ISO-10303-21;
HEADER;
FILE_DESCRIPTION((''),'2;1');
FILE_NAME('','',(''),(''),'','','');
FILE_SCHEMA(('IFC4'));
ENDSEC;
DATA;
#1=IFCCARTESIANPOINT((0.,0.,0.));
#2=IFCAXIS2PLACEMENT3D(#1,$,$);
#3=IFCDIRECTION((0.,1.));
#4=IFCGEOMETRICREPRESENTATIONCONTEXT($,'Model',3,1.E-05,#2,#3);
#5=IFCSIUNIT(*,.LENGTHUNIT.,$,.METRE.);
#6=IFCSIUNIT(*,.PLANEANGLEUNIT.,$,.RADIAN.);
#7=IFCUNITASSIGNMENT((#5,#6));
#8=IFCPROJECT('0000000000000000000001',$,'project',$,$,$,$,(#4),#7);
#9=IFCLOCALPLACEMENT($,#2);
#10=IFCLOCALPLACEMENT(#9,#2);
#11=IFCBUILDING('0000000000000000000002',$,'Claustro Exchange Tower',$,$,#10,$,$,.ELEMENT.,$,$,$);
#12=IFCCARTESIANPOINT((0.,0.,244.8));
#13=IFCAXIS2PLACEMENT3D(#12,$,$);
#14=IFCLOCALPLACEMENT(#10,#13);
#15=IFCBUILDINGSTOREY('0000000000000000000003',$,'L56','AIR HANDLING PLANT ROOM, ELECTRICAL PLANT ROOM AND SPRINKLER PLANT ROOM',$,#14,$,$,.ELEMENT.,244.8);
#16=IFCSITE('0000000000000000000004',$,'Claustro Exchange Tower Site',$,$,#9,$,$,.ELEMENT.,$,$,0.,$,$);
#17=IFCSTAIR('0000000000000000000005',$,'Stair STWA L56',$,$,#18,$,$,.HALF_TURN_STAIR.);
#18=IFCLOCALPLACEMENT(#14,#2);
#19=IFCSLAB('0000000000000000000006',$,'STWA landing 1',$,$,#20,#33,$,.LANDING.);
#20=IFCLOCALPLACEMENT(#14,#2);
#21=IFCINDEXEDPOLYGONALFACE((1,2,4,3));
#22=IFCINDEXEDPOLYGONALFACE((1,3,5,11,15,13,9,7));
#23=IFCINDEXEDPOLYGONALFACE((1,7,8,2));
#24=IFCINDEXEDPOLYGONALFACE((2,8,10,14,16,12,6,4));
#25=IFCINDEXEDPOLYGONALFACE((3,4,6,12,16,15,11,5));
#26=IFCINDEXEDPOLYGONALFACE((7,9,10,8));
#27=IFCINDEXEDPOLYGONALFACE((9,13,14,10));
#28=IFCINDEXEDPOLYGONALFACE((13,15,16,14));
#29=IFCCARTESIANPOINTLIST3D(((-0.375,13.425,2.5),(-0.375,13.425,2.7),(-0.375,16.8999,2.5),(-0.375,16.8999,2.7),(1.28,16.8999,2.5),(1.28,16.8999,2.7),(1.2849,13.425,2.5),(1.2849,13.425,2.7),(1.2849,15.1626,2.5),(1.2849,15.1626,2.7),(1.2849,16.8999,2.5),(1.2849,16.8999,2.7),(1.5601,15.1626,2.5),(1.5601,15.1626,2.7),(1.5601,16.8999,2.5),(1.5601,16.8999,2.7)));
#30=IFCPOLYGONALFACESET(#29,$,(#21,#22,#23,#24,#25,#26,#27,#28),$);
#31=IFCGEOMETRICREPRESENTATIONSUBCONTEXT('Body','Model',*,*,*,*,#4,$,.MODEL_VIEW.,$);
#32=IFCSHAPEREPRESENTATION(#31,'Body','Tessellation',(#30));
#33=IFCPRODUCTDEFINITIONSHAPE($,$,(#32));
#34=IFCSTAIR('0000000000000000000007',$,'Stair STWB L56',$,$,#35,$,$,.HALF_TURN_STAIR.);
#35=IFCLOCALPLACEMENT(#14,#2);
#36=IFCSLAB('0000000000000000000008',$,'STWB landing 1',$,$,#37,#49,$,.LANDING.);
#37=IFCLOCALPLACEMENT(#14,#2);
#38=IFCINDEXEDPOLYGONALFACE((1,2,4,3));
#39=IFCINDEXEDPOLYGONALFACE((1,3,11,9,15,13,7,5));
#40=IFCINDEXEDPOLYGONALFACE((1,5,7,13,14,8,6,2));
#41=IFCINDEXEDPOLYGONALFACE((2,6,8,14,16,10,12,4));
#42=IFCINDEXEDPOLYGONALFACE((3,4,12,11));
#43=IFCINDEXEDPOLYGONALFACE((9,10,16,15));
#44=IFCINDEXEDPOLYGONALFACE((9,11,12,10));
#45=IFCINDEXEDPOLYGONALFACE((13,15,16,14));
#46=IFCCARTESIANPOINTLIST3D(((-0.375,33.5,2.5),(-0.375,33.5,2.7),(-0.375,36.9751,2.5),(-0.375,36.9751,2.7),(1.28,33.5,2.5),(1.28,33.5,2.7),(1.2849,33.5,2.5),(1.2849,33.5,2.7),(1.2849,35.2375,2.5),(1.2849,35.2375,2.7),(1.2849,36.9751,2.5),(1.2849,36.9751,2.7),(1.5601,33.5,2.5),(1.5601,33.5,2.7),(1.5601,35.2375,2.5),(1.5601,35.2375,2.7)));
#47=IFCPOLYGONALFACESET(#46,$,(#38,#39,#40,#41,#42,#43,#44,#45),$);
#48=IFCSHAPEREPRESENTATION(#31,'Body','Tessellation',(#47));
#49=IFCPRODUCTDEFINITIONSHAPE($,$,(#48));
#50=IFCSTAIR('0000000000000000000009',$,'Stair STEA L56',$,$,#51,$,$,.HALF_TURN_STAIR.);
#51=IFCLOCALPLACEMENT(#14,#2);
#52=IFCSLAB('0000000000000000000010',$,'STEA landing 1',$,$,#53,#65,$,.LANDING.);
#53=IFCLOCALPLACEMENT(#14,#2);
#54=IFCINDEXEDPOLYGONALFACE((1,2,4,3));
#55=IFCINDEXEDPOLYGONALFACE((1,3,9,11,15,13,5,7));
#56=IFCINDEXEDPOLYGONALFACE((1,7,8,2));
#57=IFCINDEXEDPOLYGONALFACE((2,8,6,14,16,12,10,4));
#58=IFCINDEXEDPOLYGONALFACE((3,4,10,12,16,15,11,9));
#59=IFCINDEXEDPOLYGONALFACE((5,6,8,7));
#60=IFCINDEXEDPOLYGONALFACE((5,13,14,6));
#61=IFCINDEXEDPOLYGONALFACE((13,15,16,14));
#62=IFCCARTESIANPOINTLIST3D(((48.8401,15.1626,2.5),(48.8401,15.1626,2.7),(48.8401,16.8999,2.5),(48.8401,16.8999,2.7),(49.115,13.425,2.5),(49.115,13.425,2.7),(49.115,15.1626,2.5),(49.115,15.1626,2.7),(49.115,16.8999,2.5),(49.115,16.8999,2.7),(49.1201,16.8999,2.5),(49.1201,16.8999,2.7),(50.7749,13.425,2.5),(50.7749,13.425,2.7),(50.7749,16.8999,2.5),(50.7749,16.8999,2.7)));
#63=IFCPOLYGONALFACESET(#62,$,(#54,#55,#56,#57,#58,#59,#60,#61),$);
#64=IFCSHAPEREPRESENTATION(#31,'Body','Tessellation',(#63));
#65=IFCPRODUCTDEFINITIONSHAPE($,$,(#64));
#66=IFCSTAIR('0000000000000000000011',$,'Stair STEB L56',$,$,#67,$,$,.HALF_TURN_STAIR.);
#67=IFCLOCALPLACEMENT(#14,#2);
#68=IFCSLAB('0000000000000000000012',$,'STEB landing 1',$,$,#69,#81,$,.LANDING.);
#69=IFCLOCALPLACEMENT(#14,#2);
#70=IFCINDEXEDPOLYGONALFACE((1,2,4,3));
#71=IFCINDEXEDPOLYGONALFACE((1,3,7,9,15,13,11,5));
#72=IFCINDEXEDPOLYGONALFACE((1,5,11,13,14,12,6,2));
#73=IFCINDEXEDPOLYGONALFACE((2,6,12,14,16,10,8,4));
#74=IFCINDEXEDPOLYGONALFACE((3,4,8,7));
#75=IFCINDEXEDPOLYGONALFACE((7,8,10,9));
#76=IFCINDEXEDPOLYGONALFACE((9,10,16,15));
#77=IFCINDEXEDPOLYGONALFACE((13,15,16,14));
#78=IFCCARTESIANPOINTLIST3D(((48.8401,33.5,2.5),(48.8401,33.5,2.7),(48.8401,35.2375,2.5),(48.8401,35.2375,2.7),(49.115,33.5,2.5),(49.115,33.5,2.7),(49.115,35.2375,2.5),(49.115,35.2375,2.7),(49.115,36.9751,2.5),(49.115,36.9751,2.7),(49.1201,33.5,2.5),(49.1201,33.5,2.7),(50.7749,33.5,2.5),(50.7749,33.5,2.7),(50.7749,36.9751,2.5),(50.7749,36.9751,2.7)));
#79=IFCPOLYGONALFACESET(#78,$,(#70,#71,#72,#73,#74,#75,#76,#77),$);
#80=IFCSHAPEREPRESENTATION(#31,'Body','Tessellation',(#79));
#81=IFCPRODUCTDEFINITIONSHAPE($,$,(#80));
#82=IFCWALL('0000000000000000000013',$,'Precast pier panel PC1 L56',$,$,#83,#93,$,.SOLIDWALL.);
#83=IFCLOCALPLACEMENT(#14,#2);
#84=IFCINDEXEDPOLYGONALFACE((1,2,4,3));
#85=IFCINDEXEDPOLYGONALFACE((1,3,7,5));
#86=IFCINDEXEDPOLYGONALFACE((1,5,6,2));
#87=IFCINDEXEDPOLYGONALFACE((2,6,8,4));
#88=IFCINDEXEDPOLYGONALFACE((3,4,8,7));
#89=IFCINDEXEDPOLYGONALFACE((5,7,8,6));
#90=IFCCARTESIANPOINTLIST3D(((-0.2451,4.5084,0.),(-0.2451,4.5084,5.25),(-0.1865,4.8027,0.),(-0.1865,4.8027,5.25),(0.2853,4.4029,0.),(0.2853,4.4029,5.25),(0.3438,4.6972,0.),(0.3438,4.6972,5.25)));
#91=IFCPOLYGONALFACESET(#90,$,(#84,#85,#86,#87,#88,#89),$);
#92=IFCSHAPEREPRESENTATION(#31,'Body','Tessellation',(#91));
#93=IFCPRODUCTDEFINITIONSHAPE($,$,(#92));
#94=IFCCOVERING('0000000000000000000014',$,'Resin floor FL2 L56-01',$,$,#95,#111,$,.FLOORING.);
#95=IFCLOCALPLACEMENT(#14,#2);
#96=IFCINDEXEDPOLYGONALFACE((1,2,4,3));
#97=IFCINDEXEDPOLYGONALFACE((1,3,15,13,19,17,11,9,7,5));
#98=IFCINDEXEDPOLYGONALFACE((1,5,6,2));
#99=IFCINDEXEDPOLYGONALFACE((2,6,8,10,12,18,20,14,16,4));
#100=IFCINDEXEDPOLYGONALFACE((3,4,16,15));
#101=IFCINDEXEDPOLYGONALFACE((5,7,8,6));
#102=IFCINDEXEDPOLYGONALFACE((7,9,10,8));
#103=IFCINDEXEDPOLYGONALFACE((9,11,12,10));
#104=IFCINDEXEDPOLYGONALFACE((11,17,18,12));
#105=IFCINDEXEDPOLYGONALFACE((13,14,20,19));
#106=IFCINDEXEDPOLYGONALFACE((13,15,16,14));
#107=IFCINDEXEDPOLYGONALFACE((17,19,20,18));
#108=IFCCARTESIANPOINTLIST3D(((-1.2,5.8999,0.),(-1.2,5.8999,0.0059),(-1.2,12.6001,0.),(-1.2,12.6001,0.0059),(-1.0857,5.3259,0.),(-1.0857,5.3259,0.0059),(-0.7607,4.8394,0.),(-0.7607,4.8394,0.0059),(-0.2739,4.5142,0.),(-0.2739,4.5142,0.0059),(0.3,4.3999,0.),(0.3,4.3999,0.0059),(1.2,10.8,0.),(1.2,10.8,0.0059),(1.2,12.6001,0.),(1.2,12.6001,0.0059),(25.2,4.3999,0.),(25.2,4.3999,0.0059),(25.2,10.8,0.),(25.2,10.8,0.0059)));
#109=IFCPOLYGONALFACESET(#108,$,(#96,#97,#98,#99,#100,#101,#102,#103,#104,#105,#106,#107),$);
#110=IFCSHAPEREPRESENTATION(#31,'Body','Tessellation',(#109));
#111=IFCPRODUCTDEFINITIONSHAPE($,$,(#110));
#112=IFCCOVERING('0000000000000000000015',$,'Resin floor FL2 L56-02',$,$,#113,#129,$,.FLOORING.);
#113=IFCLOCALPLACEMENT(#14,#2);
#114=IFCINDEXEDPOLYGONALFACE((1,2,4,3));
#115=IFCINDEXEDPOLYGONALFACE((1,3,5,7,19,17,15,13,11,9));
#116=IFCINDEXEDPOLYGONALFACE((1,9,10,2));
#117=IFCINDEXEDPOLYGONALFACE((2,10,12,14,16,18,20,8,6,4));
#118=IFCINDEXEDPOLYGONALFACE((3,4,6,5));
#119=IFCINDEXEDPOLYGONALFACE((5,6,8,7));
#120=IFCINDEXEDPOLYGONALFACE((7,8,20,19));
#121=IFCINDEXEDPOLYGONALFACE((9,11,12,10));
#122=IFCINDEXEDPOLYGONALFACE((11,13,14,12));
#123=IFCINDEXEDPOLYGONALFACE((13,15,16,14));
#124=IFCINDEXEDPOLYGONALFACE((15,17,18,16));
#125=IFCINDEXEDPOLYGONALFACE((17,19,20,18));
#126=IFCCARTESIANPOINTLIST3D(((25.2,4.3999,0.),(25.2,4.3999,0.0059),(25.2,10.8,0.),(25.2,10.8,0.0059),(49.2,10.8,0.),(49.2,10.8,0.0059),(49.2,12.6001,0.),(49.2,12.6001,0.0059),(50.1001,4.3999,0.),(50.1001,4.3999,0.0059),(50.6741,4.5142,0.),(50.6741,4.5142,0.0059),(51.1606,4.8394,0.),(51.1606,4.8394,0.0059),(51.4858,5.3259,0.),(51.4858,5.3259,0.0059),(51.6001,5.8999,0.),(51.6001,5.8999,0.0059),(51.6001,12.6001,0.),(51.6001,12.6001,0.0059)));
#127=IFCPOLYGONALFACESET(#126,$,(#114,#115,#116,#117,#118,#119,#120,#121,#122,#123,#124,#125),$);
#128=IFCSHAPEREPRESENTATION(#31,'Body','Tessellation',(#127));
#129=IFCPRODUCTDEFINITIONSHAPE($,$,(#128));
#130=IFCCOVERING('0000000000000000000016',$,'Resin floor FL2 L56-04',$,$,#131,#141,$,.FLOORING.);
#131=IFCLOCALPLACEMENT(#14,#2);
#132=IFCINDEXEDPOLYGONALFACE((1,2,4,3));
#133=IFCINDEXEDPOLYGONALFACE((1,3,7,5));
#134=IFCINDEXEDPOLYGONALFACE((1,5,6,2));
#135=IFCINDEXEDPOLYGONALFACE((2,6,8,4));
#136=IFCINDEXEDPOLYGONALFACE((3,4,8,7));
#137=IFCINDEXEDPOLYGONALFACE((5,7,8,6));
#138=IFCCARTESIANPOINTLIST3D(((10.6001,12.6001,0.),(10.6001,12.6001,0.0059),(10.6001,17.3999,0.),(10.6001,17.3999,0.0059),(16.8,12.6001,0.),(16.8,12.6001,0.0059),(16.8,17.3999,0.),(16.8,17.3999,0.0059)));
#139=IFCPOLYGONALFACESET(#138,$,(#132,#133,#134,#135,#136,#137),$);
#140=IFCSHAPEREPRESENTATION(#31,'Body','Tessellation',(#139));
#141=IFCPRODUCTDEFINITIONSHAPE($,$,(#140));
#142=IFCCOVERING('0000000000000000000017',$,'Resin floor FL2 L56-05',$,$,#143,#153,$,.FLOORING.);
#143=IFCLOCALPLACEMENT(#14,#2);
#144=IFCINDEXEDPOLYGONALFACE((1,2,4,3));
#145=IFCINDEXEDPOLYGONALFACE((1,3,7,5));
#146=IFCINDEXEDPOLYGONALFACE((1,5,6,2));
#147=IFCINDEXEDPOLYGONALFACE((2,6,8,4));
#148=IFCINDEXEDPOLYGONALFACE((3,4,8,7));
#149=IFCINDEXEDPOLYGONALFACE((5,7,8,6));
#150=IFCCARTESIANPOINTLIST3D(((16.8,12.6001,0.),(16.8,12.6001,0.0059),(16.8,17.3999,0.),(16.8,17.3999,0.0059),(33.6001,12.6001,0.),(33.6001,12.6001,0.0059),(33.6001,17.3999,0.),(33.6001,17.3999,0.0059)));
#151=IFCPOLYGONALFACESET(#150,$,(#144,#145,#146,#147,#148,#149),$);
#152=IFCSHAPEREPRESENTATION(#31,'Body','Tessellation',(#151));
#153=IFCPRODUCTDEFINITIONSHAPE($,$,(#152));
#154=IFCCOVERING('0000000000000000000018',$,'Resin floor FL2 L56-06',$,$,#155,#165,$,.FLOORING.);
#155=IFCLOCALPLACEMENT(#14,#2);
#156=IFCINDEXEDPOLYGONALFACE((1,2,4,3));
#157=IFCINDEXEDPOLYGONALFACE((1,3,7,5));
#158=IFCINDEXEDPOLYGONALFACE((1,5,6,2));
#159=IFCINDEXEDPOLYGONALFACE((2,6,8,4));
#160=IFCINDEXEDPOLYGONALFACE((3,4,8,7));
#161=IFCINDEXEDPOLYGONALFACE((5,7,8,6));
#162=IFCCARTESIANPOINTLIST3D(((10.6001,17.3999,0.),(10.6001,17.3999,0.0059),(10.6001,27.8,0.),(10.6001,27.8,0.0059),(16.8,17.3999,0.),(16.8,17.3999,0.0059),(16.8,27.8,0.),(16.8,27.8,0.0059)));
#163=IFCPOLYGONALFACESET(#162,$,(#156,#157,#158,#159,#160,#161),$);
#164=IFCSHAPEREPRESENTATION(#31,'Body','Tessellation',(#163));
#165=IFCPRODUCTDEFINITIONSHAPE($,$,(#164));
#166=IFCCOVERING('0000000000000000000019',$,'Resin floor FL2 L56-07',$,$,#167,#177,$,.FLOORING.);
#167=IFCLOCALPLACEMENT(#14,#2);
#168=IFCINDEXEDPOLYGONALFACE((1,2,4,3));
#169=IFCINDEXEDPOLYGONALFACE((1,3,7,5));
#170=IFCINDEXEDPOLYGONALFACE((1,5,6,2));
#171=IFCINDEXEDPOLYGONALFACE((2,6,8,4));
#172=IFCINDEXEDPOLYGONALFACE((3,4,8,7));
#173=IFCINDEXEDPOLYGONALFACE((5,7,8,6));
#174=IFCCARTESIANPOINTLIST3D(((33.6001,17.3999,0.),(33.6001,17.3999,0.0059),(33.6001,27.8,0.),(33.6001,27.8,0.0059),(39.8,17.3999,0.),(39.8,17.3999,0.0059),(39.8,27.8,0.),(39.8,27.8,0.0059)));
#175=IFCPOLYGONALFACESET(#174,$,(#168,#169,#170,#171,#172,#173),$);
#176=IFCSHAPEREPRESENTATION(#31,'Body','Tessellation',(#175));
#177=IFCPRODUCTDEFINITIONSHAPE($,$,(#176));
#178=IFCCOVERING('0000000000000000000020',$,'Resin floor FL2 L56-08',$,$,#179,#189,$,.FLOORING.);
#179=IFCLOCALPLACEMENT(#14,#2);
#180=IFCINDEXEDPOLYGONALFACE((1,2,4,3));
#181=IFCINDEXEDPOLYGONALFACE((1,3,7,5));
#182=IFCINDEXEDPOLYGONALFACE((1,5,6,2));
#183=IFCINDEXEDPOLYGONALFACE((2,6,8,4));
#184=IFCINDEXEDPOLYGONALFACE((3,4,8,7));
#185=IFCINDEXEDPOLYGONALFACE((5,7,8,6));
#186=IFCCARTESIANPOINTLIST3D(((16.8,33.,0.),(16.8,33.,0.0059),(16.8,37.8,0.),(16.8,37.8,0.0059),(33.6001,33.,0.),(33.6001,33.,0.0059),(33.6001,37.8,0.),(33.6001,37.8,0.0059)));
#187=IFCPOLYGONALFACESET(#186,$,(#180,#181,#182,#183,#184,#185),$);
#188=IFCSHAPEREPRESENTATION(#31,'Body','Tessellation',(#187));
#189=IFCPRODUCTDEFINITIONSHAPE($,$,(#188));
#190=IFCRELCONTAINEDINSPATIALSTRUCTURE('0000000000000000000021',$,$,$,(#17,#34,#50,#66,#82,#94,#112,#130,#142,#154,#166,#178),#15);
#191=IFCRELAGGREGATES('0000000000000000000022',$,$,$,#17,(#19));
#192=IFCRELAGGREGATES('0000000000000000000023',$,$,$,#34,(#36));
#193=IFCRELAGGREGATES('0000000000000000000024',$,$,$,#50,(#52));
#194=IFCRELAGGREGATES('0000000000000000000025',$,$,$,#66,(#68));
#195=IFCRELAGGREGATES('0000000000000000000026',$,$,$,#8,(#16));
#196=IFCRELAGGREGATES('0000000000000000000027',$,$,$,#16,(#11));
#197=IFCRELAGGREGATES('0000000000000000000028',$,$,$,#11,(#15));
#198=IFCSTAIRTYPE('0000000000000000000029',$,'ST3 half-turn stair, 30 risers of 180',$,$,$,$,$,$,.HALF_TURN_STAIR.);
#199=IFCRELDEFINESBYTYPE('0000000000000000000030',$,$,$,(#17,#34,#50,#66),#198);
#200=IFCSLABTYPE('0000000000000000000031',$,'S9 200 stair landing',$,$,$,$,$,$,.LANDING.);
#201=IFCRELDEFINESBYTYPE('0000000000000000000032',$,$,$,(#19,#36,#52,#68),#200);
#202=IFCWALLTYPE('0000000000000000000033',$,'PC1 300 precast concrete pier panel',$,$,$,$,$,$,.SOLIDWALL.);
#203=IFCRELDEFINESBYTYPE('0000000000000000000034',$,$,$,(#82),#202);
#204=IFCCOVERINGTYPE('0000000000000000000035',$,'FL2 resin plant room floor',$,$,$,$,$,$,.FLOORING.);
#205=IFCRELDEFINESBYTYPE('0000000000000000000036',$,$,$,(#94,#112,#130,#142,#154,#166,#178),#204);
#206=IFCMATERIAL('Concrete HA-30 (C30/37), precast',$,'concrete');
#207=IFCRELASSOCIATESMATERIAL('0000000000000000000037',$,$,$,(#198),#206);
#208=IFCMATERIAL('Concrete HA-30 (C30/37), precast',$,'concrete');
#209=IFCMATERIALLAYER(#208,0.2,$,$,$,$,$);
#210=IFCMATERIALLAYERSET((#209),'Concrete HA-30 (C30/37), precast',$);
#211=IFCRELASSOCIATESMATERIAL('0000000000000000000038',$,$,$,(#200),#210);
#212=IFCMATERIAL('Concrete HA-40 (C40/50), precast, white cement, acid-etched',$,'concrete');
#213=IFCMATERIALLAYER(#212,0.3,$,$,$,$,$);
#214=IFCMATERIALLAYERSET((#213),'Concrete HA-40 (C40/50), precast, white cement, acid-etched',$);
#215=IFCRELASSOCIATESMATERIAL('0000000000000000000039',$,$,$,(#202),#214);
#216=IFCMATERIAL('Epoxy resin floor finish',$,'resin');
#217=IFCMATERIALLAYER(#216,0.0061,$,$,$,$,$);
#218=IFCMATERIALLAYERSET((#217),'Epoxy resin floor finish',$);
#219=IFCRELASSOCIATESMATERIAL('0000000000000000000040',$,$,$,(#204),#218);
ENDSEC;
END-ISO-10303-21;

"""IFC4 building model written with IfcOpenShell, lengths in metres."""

from ifc_helpers import new_model, si_unit, direction, frame, frame_2d, origin, place, context, subcontext, project, spatial, polyline, rectangle, outline, extrude, material, layer, layer_set, type_object, element, aggregate, save


model = new_model("IFC4")

# Units and contexts
model_context = context("Model", 3, precision=1e-05, world=origin(), true_north=direction((0.0, 1.0)))
body_context = subcontext(model_context, "Body", "Model", "MODEL_VIEW")
ifc_project = project(units=[si_unit("LENGTHUNIT", "METRE"), si_unit("PLANEANGLEUNIT", "RADIAN")], contexts=[model_context])

# Site, building, storey
site_placement = place(None, origin())
site = spatial("IfcSite", under=ifc_project, at=site_placement, Name="Claustro Exchange Tower Site", CompositionType="ELEMENT", RefElevation=0.0)
building_placement = place(site_placement, origin())
building = spatial("IfcBuilding", under=site, at=building_placement, Name="Claustro Exchange Tower", CompositionType="ELEMENT")
storey_placement = place(building_placement, frame((0.0, 0.0, 244.8)))
storey = spatial("IfcBuildingStorey", under=building, at=storey_placement, Name="L56", Description="AIR HANDLING PLANT ROOM, ELECTRICAL PLANT ROOM AND SPRINKLER PLANT ROOM", CompositionType="ELEMENT", Elevation=244.8)

# Stairs, slabs
ifc_material_1 = material(Name="Concrete HA-30 (C30/37), precast", Category="concrete")
stair_type = type_object("IfcStairType", Name="ST3 half-turn stair, 30 risers of 180", PredefinedType="HALF_TURN_STAIR", material=ifc_material_1)
stair_1_placement = place(storey_placement, origin())
stair_1 = element("IfcStair", 1, at=stair_1_placement, inside=storey, type_object=stair_type, Name="Stair STWA L56", PredefinedType="HALF_TURN_STAIR")
ifc_material_2 = material(Name="Concrete HA-30 (C30/37), precast", Category="concrete")
ifc_layer_1 = layer(ifc_material_2, 0.2)
ifc_layer_set_1 = layer_set([ifc_layer_1], Name="Concrete HA-30 (C30/37), precast")
slab_type_1 = type_object("IfcSlabType", Name="S9 200 stair landing", PredefinedType="LANDING", material=ifc_layer_set_1)
slab_1_placement = place(storey_placement, frame((0.0, 0.0, 2.5)))
slab_1 = element("IfcSlab", 2, at=slab_1_placement, type_object=slab_type_1, Name="STWA landing 1", PredefinedType="LANDING", context=body_context, shape_type="SweptSolid", body=[
    extrude(outline(polyline([(1.2849, 13.425), (-0.375, 13.425), (-0.375, 16.8999), (1.28, 16.8999), (1.2849, 16.8999), (1.5601, 16.8999), (1.5601, 15.1626), (1.2849, 15.1626), (1.2849, 13.425)])), origin(), (0.0, 0.0, 1.0), 0.2),
])
aggregate(stair_1, [slab_1])
stair_2_placement = place(storey_placement, origin())
stair_2 = element("IfcStair", 3, at=stair_2_placement, inside=storey, type_object=stair_type, Name="Stair STWB L56", PredefinedType="HALF_TURN_STAIR")
slab_2_placement = place(storey_placement, frame((0.0, 0.0, 2.5)))
slab_2 = element("IfcSlab", 4, at=slab_2_placement, type_object=slab_type_1, Name="STWB landing 1", PredefinedType="LANDING", context=body_context, shape_type="SweptSolid", body=[
    extrude(outline(polyline([(1.5601, 35.2375), (1.5601, 33.5), (1.2849, 33.5), (1.28, 33.5), (-0.375, 33.5), (-0.375, 36.9751), (1.2849, 36.9751), (1.2849, 35.2375), (1.5601, 35.2375)])), origin(), (0.0, 0.0, 1.0), 0.2),
])
aggregate(stair_2, [slab_2])
stair_3_placement = place(storey_placement, origin())
stair_3 = element("IfcStair", 5, at=stair_3_placement, inside=storey, type_object=stair_type, Name="Stair STEA L56", PredefinedType="HALF_TURN_STAIR")
slab_3_placement = place(storey_placement, frame((0.0, 0.0, 2.5)))
slab_3 = element("IfcSlab", 6, at=slab_3_placement, type_object=slab_type_1, Name="STEA landing 1", PredefinedType="LANDING", context=body_context, shape_type="SweptSolid", body=[
    extrude(outline(polyline([(50.7749, 16.8999), (50.7749, 13.425), (49.115, 13.425), (49.115, 15.1626), (48.8401, 15.1626), (48.8401, 16.8999), (49.115, 16.8999), (49.1201, 16.8999), (50.7749, 16.8999)])), origin(), (0.0, 0.0, 1.0), 0.2),
])
aggregate(stair_3, [slab_3])
stair_4_placement = place(storey_placement, origin())
stair_4 = element("IfcStair", 7, at=stair_4_placement, inside=storey, type_object=stair_type, Name="Stair STEB L56", PredefinedType="HALF_TURN_STAIR")
slab_4_placement = place(storey_placement, frame((0.0, 0.0, 2.5)))
slab_4 = element("IfcSlab", 8, at=slab_4_placement, type_object=slab_type_1, Name="STEB landing 1", PredefinedType="LANDING", context=body_context, shape_type="SweptSolid", body=[
    extrude(outline(polyline([(48.8401, 33.5), (48.8401, 35.2375), (49.115, 35.2375), (49.115, 36.9751), (50.7749, 36.9751), (50.7749, 33.5), (49.1201, 33.5), (49.115, 33.5), (48.8401, 33.5)])), origin(), (0.0, 0.0, 1.0), 0.2),
])
aggregate(stair_4, [slab_4])

# Wall
ifc_material_3 = material(Name="Concrete HA-40 (C40/50), precast, white cement, acid-etched", Category="concrete")
ifc_layer_2 = layer(ifc_material_3, 0.3)
ifc_layer_set_2 = layer_set([ifc_layer_2], Name="Concrete HA-40 (C40/50), precast, white cement, acid-etched")
wall_type = type_object("IfcWallType", Name="PC1 300 precast concrete pier panel", PredefinedType="SOLIDWALL", material=ifc_layer_set_2)
wall_placement = place(storey_placement, frame((0.3147, 4.55, 0.0), z_axis=(0.0, 0.0, 1.0), x_axis=(-0.980789, 0.195074, 0.0)))
element("IfcWall", 9, at=wall_placement, inside=storey, type_object=wall_type, Name="Precast pier panel PC1 L56", PredefinedType="SOLIDWALL", context=body_context, shape_type="SweptSolid", body=[
    extrude(rectangle(XDim=0.5408, YDim=0.3, at=frame_2d((0.2705, 0.0))), origin(), (0.0, 0.0, 1.0), 5.25),
])

# Coverings
ifc_material_4 = material(Name="Epoxy resin floor finish", Category="resin")
ifc_layer_3 = layer(ifc_material_4, 0.0061)
ifc_layer_set_3 = layer_set([ifc_layer_3], Name="Epoxy resin floor finish")
covering_type = type_object("IfcCoveringType", Name="FL2 resin plant room floor", PredefinedType="FLOORING", material=ifc_layer_set_3)
covering_1_placement = place(storey_placement, origin())
element("IfcCovering", 10, at=covering_1_placement, inside=storey, type_object=covering_type, Name="Resin floor FL2 L56-01", PredefinedType="FLOORING", context=body_context, shape_type="SweptSolid", body=[
    extrude(outline(polyline([(-1.0857, 5.3259), (-0.7607, 4.8394), (-0.2739, 4.5142), (0.3, 4.3999), (25.2, 4.3999), (25.2, 10.8), (1.2, 10.8), (1.2, 12.6001), (-1.2, 12.6001), (-1.2, 5.8999), (-1.0857, 5.3259)])), origin(), (0.0, 0.0, 1.0), 0.0059),
])
covering_2_placement = place(storey_placement, origin())
element("IfcCovering", 11, at=covering_2_placement, inside=storey, type_object=covering_type, Name="Resin floor FL2 L56-02", PredefinedType="FLOORING", context=body_context, shape_type="SweptSolid", body=[
    extrude(outline(polyline([(51.6001, 12.6001), (49.2, 12.6001), (49.2, 10.8), (25.2, 10.8), (25.2, 4.3999), (50.1001, 4.3999), (50.6741, 4.5142), (51.1606, 4.8394), (51.4858, 5.3259), (51.6001, 5.8999), (51.6001, 12.6001)])), origin(), (0.0, 0.0, 1.0), 0.0059),
])
covering_3_placement = place(storey_placement, origin())
element("IfcCovering", 12, at=covering_3_placement, inside=storey, type_object=covering_type, Name="Resin floor FL2 L56-04", PredefinedType="FLOORING", context=body_context, shape_type="SweptSolid", body=[
    extrude(outline(polyline([(16.8, 17.3999), (10.6001, 17.3999), (10.6001, 12.6001), (16.8, 12.6001), (16.8, 17.3999)])), origin(), (0.0, 0.0, 1.0), 0.0059),
])
covering_4_placement = place(storey_placement, origin())
element("IfcCovering", 13, at=covering_4_placement, inside=storey, type_object=covering_type, Name="Resin floor FL2 L56-05", PredefinedType="FLOORING", context=body_context, shape_type="SweptSolid", body=[
    extrude(outline(polyline([(33.6001, 17.3999), (16.8, 17.3999), (16.8, 12.6001), (33.6001, 12.6001), (33.6001, 17.3999)])), origin(), (0.0, 0.0, 1.0), 0.0059),
])
covering_5_placement = place(storey_placement, origin())
element("IfcCovering", 14, at=covering_5_placement, inside=storey, type_object=covering_type, Name="Resin floor FL2 L56-06", PredefinedType="FLOORING", context=body_context, shape_type="SweptSolid", body=[
    extrude(outline(polyline([(16.8, 17.3999), (16.8, 27.8), (10.6001, 27.8), (10.6001, 17.3999), (16.8, 17.3999)])), origin(), (0.0, 0.0, 1.0), 0.0059),
])
covering_6_placement = place(storey_placement, origin())
element("IfcCovering", 15, at=covering_6_placement, inside=storey, type_object=covering_type, Name="Resin floor FL2 L56-07", PredefinedType="FLOORING", context=body_context, shape_type="SweptSolid", body=[
    extrude(outline(polyline([(39.8, 17.3999), (39.8, 27.8), (33.6001, 27.8), (33.6001, 17.3999), (39.8, 17.3999)])), origin(), (0.0, 0.0, 1.0), 0.0059),
])
covering_7_placement = place(storey_placement, origin())
element("IfcCovering", 16, at=covering_7_placement, inside=storey, type_object=covering_type, Name="Resin floor FL2 L56-08", PredefinedType="FLOORING", context=body_context, shape_type="SweptSolid", body=[
    extrude(outline(polyline([(33.6001, 33.0), (33.6001, 37.8), (16.8, 37.8), (16.8, 33.0), (33.6001, 33.0)])), origin(), (0.0, 0.0, 1.0), 0.0059),
])

save(model, "model.ifc")
